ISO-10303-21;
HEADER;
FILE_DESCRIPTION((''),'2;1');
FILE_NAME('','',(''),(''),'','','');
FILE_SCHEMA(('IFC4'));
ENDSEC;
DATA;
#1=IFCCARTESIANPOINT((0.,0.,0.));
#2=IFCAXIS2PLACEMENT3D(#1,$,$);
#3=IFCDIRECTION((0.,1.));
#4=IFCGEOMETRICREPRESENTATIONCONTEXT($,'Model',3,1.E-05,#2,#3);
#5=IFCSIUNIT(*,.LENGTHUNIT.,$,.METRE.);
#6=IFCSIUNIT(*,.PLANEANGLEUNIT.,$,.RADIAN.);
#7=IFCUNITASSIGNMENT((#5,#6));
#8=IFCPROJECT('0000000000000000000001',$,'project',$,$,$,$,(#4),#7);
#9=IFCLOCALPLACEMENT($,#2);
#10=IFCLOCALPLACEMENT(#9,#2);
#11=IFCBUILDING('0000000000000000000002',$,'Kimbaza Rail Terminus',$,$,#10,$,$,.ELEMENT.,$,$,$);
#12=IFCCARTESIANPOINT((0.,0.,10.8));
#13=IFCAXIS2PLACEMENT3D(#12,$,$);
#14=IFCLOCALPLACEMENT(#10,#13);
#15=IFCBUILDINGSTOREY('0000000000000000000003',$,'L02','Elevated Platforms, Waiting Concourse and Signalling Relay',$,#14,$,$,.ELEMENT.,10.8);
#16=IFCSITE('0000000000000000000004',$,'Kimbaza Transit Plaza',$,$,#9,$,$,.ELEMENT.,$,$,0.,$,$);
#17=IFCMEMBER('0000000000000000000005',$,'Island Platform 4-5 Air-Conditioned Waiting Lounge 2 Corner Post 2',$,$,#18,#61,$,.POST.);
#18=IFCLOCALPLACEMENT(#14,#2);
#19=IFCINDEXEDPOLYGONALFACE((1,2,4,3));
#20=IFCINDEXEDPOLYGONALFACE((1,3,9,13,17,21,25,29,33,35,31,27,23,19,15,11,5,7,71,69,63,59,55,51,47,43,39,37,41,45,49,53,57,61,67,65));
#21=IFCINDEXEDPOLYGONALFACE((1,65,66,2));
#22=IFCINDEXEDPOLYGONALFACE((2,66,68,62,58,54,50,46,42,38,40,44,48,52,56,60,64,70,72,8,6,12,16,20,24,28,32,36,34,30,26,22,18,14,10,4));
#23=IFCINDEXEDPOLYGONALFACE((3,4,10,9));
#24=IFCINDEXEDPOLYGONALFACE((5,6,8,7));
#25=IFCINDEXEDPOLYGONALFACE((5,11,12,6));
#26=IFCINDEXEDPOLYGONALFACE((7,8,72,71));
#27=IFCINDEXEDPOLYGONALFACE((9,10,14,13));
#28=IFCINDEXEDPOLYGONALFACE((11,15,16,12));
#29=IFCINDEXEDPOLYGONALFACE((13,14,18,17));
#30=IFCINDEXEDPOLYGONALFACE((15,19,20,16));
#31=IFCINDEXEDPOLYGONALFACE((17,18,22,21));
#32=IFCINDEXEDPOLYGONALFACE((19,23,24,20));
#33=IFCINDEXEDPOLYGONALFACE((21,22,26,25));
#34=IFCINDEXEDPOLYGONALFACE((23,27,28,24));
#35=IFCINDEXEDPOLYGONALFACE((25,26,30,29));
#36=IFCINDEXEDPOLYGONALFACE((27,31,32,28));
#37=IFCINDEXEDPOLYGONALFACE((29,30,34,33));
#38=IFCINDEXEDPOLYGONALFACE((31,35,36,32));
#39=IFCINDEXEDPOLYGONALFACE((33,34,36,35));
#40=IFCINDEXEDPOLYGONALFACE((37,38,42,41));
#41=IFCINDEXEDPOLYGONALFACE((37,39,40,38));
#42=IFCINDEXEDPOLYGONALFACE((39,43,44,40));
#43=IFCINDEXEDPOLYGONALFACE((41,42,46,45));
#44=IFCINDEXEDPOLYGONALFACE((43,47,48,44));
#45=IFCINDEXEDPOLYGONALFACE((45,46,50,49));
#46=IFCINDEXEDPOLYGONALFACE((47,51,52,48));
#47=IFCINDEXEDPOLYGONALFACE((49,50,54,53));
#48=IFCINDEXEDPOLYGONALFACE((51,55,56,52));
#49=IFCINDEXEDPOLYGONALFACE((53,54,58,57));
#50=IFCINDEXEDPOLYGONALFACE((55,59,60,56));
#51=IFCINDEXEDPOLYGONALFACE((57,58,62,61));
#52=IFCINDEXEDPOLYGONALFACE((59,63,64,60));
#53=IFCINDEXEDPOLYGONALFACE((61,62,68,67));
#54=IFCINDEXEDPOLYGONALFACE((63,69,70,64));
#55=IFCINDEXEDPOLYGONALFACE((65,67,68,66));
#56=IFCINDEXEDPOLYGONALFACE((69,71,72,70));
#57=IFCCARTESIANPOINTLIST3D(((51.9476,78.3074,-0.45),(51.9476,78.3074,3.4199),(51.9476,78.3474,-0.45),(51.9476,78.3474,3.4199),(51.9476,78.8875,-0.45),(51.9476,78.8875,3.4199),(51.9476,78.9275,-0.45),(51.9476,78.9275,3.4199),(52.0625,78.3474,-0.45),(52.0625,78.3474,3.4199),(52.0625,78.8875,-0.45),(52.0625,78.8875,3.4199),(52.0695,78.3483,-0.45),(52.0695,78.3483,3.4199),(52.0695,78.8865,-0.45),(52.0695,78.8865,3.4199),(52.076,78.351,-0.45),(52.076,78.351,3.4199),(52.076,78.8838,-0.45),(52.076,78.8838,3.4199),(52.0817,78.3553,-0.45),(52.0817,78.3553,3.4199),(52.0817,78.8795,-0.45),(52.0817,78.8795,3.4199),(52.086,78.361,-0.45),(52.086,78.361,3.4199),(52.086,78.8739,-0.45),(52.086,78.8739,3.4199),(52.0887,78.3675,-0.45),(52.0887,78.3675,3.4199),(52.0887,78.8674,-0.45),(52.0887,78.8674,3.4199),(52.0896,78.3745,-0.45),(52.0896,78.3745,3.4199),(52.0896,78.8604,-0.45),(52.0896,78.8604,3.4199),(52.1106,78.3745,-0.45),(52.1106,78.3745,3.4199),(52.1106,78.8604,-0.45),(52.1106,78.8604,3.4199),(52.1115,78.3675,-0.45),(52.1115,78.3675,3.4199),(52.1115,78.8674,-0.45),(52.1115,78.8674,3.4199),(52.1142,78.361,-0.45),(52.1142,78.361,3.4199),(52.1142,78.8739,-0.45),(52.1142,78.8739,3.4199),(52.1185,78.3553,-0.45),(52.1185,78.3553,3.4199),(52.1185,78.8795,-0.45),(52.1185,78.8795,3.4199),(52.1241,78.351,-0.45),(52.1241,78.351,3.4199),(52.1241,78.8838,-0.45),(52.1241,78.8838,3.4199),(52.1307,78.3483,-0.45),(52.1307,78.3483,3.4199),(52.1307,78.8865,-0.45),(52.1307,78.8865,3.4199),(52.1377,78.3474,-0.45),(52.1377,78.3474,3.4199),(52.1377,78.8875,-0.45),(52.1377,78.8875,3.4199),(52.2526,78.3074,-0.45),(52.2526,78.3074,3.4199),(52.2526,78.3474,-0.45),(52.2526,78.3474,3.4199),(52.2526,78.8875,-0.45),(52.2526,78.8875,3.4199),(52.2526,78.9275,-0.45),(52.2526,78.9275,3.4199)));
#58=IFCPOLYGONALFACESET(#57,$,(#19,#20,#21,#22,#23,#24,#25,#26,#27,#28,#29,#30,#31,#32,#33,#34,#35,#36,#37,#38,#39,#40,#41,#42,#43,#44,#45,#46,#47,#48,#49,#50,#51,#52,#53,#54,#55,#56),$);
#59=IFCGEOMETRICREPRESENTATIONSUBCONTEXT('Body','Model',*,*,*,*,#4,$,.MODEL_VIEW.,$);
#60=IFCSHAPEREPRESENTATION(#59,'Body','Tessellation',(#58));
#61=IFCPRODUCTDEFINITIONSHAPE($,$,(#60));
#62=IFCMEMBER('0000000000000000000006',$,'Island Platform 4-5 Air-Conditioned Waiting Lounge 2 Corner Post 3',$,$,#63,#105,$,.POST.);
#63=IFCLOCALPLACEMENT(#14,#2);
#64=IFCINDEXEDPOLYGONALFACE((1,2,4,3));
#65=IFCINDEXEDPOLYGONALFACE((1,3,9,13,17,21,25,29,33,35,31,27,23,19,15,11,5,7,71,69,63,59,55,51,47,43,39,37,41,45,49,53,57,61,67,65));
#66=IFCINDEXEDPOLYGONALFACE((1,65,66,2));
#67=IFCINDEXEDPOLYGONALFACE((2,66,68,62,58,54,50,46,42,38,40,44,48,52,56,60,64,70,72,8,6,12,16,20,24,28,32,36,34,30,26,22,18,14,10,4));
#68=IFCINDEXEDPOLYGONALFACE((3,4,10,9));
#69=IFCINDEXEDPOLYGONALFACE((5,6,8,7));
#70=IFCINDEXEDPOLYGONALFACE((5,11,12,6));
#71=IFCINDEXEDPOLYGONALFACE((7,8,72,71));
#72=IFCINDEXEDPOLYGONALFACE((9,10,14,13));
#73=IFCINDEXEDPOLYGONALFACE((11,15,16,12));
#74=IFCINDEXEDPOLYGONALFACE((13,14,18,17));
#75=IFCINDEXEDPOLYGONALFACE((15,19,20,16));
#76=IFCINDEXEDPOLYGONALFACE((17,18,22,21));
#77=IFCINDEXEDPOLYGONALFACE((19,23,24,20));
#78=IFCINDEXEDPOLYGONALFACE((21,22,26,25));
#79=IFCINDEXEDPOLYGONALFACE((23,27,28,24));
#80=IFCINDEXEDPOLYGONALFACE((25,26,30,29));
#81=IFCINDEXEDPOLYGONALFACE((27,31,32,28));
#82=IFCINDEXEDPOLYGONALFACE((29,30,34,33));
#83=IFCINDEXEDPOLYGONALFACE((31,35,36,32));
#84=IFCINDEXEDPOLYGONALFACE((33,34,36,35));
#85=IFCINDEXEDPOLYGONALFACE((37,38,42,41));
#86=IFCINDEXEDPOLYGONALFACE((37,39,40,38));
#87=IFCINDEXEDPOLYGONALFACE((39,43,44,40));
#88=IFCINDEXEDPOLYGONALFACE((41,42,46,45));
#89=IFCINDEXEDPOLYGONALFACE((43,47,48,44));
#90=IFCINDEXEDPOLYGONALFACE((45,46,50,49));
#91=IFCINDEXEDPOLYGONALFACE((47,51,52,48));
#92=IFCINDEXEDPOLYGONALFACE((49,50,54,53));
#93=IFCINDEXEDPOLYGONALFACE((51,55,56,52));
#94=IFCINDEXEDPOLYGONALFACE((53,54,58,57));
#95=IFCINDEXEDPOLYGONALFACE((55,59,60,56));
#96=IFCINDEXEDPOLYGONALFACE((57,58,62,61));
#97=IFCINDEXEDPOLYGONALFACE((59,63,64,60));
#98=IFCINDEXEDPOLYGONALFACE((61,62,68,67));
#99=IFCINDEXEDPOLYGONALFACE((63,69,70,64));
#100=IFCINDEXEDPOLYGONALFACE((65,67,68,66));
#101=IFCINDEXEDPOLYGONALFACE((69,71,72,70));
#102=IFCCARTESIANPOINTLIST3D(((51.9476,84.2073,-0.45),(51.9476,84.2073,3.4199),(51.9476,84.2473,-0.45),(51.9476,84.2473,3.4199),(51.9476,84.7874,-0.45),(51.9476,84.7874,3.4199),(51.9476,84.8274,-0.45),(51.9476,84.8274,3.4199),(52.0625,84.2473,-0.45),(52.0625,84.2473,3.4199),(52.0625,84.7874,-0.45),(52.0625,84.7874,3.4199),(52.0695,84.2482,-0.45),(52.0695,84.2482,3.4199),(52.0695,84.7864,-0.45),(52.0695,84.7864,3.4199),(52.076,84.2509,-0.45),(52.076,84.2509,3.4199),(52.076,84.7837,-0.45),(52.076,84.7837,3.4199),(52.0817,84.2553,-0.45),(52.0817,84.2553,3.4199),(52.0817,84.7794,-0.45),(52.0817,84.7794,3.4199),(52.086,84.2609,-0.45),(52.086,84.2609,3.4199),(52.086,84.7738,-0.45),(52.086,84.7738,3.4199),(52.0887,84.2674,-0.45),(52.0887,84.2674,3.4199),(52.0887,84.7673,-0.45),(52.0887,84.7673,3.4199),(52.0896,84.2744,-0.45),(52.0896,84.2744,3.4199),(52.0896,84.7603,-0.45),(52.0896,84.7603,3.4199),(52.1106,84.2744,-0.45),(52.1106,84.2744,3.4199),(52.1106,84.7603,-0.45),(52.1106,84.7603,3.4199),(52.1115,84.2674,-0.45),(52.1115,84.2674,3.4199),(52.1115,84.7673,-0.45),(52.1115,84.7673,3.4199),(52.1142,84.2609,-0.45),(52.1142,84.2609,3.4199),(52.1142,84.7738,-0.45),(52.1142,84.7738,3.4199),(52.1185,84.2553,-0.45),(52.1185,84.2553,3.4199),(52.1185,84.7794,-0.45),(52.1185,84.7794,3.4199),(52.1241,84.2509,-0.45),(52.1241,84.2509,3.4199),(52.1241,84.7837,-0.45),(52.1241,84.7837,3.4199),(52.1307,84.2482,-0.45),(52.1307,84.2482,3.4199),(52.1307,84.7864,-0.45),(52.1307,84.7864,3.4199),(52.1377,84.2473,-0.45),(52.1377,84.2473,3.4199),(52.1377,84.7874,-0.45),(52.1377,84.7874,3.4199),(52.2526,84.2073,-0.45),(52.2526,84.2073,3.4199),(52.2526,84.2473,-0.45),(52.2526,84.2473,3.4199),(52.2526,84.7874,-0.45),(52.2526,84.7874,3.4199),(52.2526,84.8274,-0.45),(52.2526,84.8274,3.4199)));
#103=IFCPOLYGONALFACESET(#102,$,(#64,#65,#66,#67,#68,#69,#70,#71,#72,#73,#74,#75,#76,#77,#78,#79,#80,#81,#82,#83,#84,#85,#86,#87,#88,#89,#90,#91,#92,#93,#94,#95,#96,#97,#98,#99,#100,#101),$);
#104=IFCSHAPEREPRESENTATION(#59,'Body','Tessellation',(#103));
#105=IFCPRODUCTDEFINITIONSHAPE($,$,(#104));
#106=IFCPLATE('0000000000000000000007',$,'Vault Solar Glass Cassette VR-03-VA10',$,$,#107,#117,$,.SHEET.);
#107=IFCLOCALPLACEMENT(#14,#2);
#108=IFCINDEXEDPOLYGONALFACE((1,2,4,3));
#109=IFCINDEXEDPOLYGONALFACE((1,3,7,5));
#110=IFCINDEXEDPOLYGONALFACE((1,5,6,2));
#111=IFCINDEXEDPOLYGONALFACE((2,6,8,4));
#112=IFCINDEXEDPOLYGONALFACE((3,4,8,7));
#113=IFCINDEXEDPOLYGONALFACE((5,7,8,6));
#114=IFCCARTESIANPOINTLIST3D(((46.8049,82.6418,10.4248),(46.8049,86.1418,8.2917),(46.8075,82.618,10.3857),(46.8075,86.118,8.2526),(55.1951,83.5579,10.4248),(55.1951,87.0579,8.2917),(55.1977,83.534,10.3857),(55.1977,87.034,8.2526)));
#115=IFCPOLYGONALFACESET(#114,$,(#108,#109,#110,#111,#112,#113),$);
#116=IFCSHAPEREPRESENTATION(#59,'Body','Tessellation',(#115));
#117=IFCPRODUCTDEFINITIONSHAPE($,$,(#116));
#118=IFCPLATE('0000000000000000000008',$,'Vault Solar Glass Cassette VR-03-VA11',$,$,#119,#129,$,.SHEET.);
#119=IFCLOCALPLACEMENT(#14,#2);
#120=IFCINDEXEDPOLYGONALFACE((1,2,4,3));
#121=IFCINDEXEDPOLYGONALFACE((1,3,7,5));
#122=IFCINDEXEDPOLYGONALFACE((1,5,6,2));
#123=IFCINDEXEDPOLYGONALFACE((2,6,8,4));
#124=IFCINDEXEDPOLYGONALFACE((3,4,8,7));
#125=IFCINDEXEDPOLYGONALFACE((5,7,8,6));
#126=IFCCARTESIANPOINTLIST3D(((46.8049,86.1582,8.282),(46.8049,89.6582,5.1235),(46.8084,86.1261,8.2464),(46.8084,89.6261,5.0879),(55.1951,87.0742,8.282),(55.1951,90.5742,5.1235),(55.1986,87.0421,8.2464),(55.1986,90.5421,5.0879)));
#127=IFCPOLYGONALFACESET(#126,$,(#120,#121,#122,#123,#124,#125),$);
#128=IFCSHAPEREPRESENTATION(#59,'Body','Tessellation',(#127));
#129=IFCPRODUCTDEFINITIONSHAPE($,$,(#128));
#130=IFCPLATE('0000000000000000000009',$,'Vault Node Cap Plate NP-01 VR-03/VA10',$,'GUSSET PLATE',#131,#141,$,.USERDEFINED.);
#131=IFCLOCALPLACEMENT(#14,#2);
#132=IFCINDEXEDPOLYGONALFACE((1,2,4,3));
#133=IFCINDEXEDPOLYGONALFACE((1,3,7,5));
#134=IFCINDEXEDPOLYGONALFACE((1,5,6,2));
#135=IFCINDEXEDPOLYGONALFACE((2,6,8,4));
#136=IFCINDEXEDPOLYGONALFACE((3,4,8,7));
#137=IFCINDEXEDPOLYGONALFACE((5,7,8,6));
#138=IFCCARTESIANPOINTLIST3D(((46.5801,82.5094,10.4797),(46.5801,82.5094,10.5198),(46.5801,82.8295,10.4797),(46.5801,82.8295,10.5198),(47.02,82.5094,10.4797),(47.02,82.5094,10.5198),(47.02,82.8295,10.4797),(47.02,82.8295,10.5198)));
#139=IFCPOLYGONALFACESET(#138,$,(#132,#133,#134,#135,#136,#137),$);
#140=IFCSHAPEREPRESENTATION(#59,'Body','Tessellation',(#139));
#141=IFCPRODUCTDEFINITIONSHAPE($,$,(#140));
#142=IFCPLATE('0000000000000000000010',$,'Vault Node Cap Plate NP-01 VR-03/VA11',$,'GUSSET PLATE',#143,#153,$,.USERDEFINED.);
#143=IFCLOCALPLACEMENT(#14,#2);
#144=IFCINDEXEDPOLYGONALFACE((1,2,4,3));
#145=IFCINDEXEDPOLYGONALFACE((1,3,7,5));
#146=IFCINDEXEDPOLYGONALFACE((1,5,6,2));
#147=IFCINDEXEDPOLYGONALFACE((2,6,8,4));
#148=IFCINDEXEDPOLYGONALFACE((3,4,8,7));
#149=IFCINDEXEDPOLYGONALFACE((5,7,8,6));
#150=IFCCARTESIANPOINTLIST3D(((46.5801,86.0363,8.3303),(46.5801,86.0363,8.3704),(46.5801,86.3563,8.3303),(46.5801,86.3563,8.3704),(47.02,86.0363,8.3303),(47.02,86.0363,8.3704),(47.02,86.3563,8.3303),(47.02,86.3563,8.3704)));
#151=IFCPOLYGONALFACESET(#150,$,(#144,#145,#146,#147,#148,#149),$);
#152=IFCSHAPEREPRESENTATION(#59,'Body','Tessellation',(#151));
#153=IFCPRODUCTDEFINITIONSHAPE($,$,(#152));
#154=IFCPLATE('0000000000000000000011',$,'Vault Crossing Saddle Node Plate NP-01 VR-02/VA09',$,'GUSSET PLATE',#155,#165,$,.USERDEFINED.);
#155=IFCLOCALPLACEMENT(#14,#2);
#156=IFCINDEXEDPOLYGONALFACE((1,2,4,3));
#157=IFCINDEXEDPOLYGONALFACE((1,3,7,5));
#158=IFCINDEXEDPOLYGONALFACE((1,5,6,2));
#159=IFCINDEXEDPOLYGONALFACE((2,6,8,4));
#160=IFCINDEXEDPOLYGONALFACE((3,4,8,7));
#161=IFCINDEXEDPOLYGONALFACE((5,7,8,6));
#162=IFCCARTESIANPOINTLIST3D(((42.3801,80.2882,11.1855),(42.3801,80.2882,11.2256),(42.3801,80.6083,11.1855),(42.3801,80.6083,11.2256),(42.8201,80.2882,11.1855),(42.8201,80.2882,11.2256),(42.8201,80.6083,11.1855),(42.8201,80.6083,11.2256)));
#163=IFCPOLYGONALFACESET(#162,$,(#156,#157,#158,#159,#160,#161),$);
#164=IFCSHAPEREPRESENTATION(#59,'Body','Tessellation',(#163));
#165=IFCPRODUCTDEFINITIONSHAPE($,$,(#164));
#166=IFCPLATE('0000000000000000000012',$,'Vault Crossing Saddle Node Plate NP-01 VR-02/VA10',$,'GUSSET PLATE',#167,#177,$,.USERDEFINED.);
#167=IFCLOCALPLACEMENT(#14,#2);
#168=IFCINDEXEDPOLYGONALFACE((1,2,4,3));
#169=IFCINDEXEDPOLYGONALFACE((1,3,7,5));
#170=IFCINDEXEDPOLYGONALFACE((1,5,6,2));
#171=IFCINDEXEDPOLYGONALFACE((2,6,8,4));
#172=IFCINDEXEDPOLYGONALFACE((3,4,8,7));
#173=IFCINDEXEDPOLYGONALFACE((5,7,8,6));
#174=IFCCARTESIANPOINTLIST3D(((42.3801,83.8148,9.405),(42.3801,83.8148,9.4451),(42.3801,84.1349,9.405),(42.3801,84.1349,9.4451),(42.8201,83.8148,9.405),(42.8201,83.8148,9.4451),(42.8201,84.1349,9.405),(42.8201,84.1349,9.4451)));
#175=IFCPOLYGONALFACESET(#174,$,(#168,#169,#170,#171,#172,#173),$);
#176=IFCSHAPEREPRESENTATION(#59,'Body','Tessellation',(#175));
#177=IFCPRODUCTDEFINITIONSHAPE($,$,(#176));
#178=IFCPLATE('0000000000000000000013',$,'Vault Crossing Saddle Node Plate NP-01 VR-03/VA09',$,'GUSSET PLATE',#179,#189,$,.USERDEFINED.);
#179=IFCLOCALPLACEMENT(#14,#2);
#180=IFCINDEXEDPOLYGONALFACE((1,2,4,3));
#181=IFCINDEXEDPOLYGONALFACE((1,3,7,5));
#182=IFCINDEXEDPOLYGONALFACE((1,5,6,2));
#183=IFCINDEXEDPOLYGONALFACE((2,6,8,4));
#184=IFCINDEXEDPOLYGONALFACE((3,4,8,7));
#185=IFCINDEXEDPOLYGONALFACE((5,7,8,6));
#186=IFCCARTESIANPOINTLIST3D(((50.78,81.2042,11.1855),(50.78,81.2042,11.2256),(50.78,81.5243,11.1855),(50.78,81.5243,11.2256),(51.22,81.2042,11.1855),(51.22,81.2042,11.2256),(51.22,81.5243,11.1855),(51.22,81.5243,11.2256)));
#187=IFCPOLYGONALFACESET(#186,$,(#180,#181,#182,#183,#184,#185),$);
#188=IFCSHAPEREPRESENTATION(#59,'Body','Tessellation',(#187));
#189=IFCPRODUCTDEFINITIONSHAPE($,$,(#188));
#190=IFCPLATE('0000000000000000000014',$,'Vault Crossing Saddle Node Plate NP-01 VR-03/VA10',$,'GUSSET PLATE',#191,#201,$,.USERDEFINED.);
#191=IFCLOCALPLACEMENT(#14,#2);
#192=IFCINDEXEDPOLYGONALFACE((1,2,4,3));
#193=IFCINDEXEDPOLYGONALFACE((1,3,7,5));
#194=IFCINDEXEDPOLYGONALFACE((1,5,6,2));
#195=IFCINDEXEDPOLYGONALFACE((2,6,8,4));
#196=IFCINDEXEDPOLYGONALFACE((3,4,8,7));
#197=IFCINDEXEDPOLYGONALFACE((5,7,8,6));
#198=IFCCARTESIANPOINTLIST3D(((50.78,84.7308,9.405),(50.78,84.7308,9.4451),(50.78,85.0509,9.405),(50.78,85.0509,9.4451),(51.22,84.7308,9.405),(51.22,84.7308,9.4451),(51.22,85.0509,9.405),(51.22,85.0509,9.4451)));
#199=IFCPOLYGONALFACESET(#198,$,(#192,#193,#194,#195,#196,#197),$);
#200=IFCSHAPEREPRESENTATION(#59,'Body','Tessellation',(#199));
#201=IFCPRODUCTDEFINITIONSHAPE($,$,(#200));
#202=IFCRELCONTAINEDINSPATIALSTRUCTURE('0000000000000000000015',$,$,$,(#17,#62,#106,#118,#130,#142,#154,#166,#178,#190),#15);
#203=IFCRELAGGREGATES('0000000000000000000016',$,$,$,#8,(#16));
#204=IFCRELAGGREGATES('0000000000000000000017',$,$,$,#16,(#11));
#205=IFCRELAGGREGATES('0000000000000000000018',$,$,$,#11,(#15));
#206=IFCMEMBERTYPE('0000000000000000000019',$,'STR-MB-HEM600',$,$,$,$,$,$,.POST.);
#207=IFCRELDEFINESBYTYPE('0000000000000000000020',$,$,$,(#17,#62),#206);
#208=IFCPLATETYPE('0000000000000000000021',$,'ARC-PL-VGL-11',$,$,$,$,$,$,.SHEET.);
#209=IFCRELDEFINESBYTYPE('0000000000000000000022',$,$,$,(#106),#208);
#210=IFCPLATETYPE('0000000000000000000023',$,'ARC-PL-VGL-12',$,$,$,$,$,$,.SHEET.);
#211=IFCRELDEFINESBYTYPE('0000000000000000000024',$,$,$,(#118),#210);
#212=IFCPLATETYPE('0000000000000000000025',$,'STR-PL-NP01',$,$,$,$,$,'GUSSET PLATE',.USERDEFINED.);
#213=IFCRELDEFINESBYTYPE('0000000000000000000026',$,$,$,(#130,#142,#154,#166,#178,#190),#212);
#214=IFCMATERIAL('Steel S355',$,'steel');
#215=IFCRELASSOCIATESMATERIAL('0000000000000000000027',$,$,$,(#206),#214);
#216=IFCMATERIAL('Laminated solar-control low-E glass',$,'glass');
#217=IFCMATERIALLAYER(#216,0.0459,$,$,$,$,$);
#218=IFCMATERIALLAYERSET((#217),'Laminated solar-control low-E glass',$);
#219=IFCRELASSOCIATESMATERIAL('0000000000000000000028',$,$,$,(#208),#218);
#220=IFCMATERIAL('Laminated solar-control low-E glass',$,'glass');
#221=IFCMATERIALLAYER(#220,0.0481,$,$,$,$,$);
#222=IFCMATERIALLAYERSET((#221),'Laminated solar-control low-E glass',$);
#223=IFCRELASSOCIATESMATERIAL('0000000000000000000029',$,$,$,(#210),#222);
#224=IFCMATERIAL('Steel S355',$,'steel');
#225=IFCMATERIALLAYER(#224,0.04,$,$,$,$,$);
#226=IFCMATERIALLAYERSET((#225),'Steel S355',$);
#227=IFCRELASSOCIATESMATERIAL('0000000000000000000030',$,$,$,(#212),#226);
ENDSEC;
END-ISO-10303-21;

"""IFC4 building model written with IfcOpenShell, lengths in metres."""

from ifc_helpers import new_model, si_unit, direction, frame, origin, origin_2d, place, context, subcontext, project, spatial, polyline, rectangle, i_section, outline, extrude, material, layer, layer_set, material_profile, profile_set, type_object, element, save


model = new_model("IFC4")

# Units and contexts
model_context = context("Model", 3, precision=1e-05, world=origin(), true_north=direction((0.0, 1.0)))
body_context = subcontext(model_context, "Body", "Model", "MODEL_VIEW")
ifc_project = project(units=[si_unit("LENGTHUNIT", "METRE"), si_unit("PLANEANGLEUNIT", "RADIAN")], contexts=[model_context])

# Site, building, storey
site_placement = place(None, origin())
site = spatial("IfcSite", under=ifc_project, at=site_placement, Name="Kimbaza Transit Plaza", CompositionType="ELEMENT", RefElevation=0.0)
building_placement = place(site_placement, origin())
building = spatial("IfcBuilding", under=site, at=building_placement, Name="Kimbaza Rail Terminus", CompositionType="ELEMENT")
storey_placement = place(building_placement, frame((0.0, 0.0, 10.8)))
storey = spatial("IfcBuildingStorey", under=building, at=storey_placement, Name="L02", Description="Elevated Platforms, Waiting Concourse and Signalling Relay", CompositionType="ELEMENT", Elevation=10.8)

# Members
ifc_material_1 = material(Name="Steel S355", Category="steel")
ifc_material_profile_1 = material_profile(ifc_material_1, i_section(OverallWidth=0.3049, OverallDepth=0.6201, WebThickness=0.021, FlangeThickness=0.04, FilletRadius=0.0271, at=origin_2d()), Name="HEM 600")
ifc_profile_set_1 = profile_set([ifc_material_profile_1], Name="Steel S355")
member_type_1 = type_object("IfcMemberType", Name="STR-MB-HEM600", PredefinedType="POST", material=ifc_profile_set_1)
for number, where, z_axis, x_axis, name in (
    (1, (52.1001, 78.6174, -0.45), (0.0, 0.0, 1.0), (1.0, 0.0, 0.0), "Island Platform 4-5 Air-Conditioned Waiting Lounge 2 Corner Post 2"),
    (2, (52.1001, 84.5173, -0.45), (0.0, 0.0, 1.0), (1.0, 0.0, 0.0), "Island Platform 4-5 Air-Conditioned Waiting Lounge 2 Corner Post 3"),
):
    element("IfcMember", number, at=place(storey_placement, frame(where, z_axis=z_axis, x_axis=x_axis)), inside=storey, type_object=member_type_1, Name=name, PredefinedType="POST", context=body_context, shape_type="SweptSolid", body=[
        extrude(i_section(OverallWidth=0.3049, OverallDepth=0.6201, WebThickness=0.021, FlangeThickness=0.04, FilletRadius=0.0271, at=origin_2d()), origin(), (0.0, 0.0, 1.0), 3.8699),
    ])

# Plates
ifc_material_2 = material(Name="Laminated solar-control low-E glass", Category="glass")
ifc_layer_1 = layer(ifc_material_2, 0.0459)
ifc_layer_set_1 = layer_set([ifc_layer_1], Name="Laminated solar-control low-E glass")
plate_type_1 = type_object("IfcPlateType", Name="ARC-PL-VGL-11", PredefinedType="SHEET", material=ifc_layer_set_1)
plate_1_placement = place(storey_placement, frame((46.8049, 82.6418, 10.4248), z_axis=(-0.056726, 0.519576, 0.852539), x_axis=(0.994093, 0.108533, 0.0)))
element("IfcPlate", 3, at=plate_1_placement, inside=storey, type_object=plate_type_1, Name="Vault Solar Glass Cassette VR-03-VA10", PredefinedType="SHEET", context=body_context, shape_type="SweptSolid", body=[
    extrude(outline(polyline([(0.0, 0.0), (8.44, 0.0), (8.8199, 4.0811), (0.3799, 4.0811), (0.0, 0.0)])), origin(), (0.0, 0.0, -1.0), 0.0459),
])
ifc_material_3 = material(Name="Laminated solar-control low-E glass", Category="glass")
ifc_layer_2 = layer(ifc_material_3, 0.0481)
ifc_layer_set_2 = layer_set([ifc_layer_2], Name="Laminated solar-control low-E glass")
plate_type_2 = type_object("IfcPlateType", Name="ARC-PL-VGL-12", PredefinedType="SHEET", material=ifc_layer_set_2)
plate_2_placement = place(storey_placement, frame((46.8049, 86.1582, 8.282), z_axis=(-0.072949, 0.668169, 0.740425), x_axis=(0.994093, 0.108533, 0.0)))
element("IfcPlate", 4, at=plate_2_placement, inside=storey, type_object=plate_type_2, Name="Vault Solar Glass Cassette VR-03-VA11", PredefinedType="SHEET", context=body_context, shape_type="SweptSolid", body=[
    extrude(outline(polyline([(0.0, 0.0), (8.44, 0.0), (8.8199, 4.6991), (0.3799, 4.6991), (0.0, 0.0)])), origin(), (0.0, 0.0, -1.0), 0.0481),
])
ifc_material_4 = material(Name="Steel S355", Category="steel")
ifc_layer_3 = layer(ifc_material_4, 0.04)
ifc_layer_set_3 = layer_set([ifc_layer_3], Name="Steel S355")
plate_type_3 = type_object("IfcPlateType", Name="STR-PL-NP01", ElementType="GUSSET PLATE", PredefinedType="USERDEFINED", material=ifc_layer_set_3)
for number, where, z_axis, x_axis, name in (
    (5, (46.8, 82.6694, 10.4797), (0.0, 0.0, 1.0), (1.0, 0.0, 0.0), "Vault Node Cap Plate NP-01 VR-03/VA10"),
    (6, (46.8, 86.1963, 8.3303), (0.0, 0.0, 1.0), (1.0, 0.0, 0.0), "Vault Node Cap Plate NP-01 VR-03/VA11"),
    (7, (42.6001, 80.4482, 11.1855), (0.0, 0.0, 1.0), (1.0, 0.0, 0.0), "Vault Crossing Saddle Node Plate NP-01 VR-02/VA09"),
    (8, (42.6001, 83.9749, 9.405), (0.0, 0.0, 1.0), (1.0, 0.0, 0.0), "Vault Crossing Saddle Node Plate NP-01 VR-02/VA10"),
    (9, (51.0, 81.3643, 11.1855), (0.0, 0.0, 1.0), (1.0, 0.0, 0.0), "Vault Crossing Saddle Node Plate NP-01 VR-03/VA09"),
    (10, (51.0, 84.8909, 9.405), (0.0, 0.0, 1.0), (1.0, 0.0, 0.0), "Vault Crossing Saddle Node Plate NP-01 VR-03/VA10"),
):
    element("IfcPlate", number, at=place(storey_placement, frame(where, z_axis=z_axis, x_axis=x_axis)), inside=storey, type_object=plate_type_3, Name=name, ObjectType="GUSSET PLATE", PredefinedType="USERDEFINED", context=body_context, shape_type="SweptSolid", body=[
        extrude(rectangle(XDim=0.4399, YDim=0.3201, at=origin_2d()), origin(), (0.0, 0.0, 1.0), 0.04),
    ])

save(model, "model.ifc")
